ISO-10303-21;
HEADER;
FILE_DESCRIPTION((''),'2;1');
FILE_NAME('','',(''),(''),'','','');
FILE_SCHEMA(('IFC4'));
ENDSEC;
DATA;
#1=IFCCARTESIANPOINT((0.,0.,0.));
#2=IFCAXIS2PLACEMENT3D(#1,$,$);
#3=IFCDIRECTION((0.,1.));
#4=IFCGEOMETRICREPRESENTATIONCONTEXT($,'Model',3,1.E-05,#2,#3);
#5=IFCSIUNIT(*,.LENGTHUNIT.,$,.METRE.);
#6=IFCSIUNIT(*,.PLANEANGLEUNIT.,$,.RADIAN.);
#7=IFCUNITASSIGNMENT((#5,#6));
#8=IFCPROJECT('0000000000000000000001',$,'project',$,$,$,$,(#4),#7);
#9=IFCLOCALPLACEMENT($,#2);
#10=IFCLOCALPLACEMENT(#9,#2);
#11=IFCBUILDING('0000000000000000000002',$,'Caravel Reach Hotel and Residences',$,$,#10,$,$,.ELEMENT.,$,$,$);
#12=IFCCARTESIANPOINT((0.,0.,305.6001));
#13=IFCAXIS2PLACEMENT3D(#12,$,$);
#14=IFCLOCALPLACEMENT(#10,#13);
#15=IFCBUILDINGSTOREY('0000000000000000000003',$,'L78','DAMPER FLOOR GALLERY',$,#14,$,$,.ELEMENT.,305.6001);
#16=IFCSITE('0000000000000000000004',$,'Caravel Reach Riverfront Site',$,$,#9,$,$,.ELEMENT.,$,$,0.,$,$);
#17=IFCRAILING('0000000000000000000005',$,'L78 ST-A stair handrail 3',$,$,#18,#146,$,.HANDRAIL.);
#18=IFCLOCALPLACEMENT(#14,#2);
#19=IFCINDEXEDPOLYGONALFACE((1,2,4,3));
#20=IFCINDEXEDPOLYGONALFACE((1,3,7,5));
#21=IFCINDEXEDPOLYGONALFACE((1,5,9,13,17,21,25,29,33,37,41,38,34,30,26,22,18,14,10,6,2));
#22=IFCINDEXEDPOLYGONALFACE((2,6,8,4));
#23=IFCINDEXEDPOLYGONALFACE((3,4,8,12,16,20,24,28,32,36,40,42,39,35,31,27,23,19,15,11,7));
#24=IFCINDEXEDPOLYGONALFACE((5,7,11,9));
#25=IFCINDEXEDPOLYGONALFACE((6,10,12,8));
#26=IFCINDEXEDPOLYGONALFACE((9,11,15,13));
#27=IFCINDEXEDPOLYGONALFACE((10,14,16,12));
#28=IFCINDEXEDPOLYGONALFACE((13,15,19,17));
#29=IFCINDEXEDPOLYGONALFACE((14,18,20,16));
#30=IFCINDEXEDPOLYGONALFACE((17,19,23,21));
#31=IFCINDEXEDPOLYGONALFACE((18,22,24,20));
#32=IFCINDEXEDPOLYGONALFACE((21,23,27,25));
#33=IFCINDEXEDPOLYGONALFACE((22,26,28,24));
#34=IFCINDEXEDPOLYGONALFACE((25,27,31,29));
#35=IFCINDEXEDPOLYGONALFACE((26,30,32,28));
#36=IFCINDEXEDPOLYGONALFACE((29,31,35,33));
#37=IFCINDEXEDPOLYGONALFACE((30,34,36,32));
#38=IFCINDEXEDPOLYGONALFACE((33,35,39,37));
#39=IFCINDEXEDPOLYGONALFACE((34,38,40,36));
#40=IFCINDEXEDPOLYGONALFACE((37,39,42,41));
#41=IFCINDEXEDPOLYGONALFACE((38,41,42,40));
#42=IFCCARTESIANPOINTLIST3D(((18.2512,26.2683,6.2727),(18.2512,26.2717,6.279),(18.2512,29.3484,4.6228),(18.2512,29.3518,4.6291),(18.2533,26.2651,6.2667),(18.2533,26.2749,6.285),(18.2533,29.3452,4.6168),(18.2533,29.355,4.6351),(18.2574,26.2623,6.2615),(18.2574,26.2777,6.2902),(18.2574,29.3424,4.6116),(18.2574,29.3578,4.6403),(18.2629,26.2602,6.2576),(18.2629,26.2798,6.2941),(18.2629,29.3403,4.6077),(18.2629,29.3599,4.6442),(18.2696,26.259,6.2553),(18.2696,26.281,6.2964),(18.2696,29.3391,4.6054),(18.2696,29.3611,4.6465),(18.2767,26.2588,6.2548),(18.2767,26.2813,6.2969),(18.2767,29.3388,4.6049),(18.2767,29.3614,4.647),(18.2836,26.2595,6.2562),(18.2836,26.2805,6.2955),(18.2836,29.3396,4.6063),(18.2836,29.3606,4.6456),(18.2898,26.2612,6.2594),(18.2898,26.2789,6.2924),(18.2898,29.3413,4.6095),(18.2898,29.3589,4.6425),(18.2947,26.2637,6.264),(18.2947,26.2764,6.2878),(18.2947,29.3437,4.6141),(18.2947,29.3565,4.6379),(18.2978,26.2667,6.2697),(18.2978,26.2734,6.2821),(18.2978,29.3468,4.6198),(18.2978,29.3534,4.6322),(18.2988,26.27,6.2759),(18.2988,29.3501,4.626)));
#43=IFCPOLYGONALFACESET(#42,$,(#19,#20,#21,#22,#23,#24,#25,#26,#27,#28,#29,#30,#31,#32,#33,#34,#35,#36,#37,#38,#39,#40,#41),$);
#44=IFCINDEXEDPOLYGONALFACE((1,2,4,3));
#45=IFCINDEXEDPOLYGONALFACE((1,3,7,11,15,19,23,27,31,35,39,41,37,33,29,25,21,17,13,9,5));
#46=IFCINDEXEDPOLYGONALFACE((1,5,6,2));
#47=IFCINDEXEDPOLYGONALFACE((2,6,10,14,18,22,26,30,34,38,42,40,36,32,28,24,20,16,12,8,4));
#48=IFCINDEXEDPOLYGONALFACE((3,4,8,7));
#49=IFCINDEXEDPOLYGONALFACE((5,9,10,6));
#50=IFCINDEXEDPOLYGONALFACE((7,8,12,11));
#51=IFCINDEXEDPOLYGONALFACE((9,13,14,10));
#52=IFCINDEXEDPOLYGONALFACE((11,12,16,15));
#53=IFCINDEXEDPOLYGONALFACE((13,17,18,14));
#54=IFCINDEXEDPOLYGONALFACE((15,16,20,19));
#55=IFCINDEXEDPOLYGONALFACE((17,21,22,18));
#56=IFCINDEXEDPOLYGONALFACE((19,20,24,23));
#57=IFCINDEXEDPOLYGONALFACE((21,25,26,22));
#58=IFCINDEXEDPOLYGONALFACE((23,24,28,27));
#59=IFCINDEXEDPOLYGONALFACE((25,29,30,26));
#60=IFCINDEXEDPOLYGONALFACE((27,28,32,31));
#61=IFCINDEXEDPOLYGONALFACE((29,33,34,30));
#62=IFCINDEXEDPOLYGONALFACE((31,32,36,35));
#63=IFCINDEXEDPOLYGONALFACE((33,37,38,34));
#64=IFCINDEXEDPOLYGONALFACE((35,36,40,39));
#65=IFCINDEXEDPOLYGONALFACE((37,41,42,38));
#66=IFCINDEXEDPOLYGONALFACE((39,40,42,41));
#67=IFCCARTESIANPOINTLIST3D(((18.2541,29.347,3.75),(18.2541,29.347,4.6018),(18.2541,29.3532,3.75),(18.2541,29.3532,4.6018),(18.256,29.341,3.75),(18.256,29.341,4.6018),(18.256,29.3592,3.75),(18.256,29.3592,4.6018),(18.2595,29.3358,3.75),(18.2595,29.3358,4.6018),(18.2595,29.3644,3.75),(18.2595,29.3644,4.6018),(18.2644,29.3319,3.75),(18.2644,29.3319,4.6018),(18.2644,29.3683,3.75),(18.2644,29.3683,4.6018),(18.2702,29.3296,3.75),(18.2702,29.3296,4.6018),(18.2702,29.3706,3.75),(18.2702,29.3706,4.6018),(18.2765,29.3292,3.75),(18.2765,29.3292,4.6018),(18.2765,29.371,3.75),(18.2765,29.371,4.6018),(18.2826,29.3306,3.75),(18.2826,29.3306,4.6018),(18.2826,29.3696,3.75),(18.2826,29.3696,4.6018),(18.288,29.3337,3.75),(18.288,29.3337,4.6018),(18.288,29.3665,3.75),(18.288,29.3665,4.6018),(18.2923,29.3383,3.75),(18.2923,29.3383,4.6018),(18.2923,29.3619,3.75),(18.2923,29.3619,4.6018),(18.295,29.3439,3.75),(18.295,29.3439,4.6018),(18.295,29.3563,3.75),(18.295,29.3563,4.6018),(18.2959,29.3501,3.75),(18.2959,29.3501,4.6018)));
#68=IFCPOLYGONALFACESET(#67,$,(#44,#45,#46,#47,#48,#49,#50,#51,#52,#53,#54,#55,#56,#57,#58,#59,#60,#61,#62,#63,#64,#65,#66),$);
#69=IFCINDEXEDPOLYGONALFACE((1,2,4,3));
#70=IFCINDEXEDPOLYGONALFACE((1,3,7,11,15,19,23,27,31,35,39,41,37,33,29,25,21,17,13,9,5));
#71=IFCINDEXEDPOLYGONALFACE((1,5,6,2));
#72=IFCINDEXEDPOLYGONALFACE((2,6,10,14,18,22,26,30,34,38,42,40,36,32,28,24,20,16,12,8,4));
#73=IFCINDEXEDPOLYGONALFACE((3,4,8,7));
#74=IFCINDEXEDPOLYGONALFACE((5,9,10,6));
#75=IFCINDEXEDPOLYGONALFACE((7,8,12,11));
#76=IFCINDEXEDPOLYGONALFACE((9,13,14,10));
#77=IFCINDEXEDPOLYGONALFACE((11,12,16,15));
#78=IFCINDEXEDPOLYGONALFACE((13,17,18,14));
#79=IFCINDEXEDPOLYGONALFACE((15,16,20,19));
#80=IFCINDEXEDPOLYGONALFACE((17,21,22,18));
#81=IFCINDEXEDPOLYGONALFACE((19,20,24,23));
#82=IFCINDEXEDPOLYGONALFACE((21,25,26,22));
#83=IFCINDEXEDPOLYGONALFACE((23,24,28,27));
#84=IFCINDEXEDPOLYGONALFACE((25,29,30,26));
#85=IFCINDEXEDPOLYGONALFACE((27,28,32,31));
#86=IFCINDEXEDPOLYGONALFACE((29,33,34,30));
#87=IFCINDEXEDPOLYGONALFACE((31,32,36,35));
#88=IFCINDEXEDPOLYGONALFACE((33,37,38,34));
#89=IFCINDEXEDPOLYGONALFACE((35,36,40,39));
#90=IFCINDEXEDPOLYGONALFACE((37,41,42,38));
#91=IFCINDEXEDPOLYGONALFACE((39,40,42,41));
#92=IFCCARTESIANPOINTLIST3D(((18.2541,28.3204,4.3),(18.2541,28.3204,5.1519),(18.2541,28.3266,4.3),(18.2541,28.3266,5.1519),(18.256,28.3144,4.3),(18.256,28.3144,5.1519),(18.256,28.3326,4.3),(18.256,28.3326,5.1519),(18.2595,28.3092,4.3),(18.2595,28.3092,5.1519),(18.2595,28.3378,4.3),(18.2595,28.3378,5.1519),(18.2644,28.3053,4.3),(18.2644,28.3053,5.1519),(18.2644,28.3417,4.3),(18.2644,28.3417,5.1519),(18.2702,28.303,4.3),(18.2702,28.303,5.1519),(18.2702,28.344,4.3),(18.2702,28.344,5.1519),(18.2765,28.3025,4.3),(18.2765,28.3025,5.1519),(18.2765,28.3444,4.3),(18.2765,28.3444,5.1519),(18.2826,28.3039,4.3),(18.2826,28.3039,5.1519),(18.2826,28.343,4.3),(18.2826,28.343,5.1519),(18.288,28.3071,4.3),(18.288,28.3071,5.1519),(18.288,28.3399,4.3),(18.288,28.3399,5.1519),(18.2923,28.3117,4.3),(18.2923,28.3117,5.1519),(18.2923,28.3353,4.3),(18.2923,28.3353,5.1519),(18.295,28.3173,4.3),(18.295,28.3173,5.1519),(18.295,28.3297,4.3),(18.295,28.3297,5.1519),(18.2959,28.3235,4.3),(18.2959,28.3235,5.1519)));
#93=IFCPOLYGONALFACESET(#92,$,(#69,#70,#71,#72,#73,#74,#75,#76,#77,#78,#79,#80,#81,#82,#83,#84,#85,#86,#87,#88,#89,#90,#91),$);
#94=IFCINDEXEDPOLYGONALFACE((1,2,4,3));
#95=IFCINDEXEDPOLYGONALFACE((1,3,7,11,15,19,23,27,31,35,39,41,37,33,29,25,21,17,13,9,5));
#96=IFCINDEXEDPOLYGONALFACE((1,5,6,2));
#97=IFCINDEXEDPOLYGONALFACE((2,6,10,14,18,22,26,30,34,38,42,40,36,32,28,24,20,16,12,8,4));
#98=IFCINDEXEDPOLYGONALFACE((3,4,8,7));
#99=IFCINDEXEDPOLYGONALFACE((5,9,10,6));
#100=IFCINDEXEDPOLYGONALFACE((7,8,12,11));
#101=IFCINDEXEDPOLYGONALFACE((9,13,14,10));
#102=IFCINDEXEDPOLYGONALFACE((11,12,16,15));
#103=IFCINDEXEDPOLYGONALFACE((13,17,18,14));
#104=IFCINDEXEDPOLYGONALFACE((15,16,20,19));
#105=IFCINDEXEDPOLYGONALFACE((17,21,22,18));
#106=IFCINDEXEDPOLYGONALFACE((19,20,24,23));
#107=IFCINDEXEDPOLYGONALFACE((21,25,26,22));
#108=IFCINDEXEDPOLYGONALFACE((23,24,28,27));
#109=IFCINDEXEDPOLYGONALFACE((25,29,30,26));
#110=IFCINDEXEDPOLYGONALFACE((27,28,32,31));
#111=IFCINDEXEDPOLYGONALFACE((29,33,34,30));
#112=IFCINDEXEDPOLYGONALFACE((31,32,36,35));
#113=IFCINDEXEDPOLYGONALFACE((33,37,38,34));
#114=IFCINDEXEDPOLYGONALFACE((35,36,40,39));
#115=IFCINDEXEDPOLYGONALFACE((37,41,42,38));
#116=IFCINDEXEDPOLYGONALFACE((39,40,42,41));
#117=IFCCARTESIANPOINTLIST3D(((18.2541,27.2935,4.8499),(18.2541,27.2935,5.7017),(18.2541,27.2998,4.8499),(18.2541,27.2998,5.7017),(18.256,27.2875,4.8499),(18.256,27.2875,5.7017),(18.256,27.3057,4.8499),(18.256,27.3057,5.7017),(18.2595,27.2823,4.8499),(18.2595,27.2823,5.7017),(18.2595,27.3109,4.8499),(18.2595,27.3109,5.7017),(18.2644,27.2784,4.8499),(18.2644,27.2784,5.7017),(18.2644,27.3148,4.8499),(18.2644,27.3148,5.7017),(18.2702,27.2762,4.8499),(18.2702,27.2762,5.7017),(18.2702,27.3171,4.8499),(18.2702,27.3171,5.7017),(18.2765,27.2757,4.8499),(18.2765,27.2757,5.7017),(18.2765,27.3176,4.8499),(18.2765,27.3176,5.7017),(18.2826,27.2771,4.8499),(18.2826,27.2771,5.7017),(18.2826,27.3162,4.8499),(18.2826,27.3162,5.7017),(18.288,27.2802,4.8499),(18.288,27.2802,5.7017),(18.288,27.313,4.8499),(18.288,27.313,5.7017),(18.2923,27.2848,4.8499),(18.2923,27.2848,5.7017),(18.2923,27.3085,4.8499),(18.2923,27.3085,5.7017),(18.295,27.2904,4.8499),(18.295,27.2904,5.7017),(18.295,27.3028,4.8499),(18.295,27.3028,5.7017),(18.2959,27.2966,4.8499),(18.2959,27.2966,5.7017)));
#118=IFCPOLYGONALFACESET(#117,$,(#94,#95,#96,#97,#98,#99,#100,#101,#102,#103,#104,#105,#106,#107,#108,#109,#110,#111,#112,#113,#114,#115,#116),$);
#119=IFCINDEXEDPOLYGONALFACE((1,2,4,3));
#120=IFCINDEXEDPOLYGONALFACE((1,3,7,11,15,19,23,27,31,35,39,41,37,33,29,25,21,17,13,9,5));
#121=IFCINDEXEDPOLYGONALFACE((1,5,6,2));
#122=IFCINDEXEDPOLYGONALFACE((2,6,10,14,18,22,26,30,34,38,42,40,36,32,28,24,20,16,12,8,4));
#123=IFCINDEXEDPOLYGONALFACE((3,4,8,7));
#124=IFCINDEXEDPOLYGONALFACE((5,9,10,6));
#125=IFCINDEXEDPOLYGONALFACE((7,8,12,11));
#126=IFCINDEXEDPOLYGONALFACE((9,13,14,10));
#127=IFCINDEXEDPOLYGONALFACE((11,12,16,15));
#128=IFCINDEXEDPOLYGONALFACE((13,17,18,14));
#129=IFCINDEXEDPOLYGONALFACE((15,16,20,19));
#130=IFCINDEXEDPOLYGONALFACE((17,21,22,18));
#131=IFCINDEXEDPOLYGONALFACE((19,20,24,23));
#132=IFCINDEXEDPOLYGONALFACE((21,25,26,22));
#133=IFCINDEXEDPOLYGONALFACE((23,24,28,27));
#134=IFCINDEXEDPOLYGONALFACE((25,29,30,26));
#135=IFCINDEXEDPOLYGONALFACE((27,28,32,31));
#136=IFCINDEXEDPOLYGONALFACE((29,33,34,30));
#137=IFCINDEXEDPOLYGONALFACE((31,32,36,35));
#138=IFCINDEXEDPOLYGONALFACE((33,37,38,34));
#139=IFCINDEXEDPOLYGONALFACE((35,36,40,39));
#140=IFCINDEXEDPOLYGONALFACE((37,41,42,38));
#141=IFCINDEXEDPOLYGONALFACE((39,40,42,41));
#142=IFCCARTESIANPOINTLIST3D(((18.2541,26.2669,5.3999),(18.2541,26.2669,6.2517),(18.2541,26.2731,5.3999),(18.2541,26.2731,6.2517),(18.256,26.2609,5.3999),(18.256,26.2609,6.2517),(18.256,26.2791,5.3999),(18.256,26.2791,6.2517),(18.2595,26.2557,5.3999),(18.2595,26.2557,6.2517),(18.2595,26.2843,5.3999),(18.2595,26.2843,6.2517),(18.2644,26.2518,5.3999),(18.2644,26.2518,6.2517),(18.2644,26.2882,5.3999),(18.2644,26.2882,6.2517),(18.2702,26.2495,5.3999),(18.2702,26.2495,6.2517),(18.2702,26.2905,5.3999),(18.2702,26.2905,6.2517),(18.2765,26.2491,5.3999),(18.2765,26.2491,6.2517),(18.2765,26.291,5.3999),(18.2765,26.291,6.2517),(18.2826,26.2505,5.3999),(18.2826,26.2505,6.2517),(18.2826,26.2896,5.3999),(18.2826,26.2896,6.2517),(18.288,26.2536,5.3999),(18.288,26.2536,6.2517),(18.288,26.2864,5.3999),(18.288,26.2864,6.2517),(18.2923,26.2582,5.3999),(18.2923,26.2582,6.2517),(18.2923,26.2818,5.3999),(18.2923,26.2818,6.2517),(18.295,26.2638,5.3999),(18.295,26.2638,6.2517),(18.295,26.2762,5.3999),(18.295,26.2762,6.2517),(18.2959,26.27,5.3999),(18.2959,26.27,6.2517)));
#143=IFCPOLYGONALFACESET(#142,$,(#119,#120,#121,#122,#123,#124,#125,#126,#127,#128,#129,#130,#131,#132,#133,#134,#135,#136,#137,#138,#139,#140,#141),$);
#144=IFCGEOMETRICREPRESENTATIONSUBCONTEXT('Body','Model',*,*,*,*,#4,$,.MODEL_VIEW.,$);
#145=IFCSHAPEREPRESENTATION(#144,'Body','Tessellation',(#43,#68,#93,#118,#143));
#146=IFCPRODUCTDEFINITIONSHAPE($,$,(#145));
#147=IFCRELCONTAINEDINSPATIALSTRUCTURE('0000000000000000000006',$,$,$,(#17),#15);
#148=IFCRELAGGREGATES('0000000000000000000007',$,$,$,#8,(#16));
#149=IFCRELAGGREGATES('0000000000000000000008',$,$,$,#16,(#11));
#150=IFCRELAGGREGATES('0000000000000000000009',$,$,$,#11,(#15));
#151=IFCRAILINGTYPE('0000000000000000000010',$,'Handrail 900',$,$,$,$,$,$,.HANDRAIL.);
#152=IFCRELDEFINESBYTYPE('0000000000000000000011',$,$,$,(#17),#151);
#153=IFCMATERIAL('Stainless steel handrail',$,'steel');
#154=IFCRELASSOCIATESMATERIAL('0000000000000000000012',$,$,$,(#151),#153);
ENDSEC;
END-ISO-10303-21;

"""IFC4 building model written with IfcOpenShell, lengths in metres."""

from ifc_helpers import new_model, si_unit, direction, frame, origin, origin_2d, place, context, subcontext, project, spatial, circle, extrude, material, type_object, element, save


model = new_model("IFC4")

# Units and contexts
model_context = context("Model", 3, precision=1e-05, world=origin(), true_north=direction((0.0, 1.0)))
body_context = subcontext(model_context, "Body", "Model", "MODEL_VIEW")
ifc_project = project(units=[si_unit("LENGTHUNIT", "METRE"), si_unit("PLANEANGLEUNIT", "RADIAN")], contexts=[model_context])

# Site, building, storey
site_placement = place(None, origin())
site = spatial("IfcSite", under=ifc_project, at=site_placement, Name="Caravel Reach Riverfront Site", CompositionType="ELEMENT", RefElevation=0.0)
building_placement = place(site_placement, origin())
building = spatial("IfcBuilding", under=site, at=building_placement, Name="Caravel Reach Hotel and Residences", CompositionType="ELEMENT")
storey_placement = place(building_placement, frame((0.0, 0.0, 305.6001)))
storey = spatial("IfcBuildingStorey", under=building, at=storey_placement, Name="L78", Description="DAMPER FLOOR GALLERY", CompositionType="ELEMENT", Elevation=305.6001)

# Railing
ifc_material_1 = material(Name="Stainless steel handrail", Category="steel")
railing_type_1 = type_object("IfcRailingType", Name="Handrail 900", PredefinedType="HANDRAIL", material=ifc_material_1)
for number, where, name in (
    (1, (18.2749, 29.3501, 3.75), "L78 ST-A stair handrail 3"),
):
    element("IfcRailing", number, at=place(storey_placement, frame(where)), inside=storey, type_object=railing_type_1, Name=name, PredefinedType="HANDRAIL", context=body_context, shape_type="SweptSolid", body=[
        extrude(circle(Radius=0.0239, at=origin_2d()), frame((0.0, 0.0, 0.876), z_axis=(0.0, -0.881497, 0.47219), x_axis=(1.0, 0.0, 0.0)), (0.0, 0.0, 1.0), 3.4941),
        extrude(circle(Radius=0.021, at=origin_2d()), origin(), (0.0, 0.0, 1.0), 0.8518),
        extrude(circle(Radius=0.021, at=origin_2d()), frame((0.0, -1.0266, 0.55)), (0.0, 0.0, 1.0), 0.8518),
        extrude(circle(Radius=0.021, at=origin_2d()), frame((0.0, -2.0535, 1.0999)), (0.0, 0.0, 1.0), 0.8518),
        extrude(circle(Radius=0.021, at=origin_2d()), frame((0.0, -3.0801, 1.6499)), (0.0, 0.0, 1.0), 0.8518),
    ])

save(model, "model.ifc")
